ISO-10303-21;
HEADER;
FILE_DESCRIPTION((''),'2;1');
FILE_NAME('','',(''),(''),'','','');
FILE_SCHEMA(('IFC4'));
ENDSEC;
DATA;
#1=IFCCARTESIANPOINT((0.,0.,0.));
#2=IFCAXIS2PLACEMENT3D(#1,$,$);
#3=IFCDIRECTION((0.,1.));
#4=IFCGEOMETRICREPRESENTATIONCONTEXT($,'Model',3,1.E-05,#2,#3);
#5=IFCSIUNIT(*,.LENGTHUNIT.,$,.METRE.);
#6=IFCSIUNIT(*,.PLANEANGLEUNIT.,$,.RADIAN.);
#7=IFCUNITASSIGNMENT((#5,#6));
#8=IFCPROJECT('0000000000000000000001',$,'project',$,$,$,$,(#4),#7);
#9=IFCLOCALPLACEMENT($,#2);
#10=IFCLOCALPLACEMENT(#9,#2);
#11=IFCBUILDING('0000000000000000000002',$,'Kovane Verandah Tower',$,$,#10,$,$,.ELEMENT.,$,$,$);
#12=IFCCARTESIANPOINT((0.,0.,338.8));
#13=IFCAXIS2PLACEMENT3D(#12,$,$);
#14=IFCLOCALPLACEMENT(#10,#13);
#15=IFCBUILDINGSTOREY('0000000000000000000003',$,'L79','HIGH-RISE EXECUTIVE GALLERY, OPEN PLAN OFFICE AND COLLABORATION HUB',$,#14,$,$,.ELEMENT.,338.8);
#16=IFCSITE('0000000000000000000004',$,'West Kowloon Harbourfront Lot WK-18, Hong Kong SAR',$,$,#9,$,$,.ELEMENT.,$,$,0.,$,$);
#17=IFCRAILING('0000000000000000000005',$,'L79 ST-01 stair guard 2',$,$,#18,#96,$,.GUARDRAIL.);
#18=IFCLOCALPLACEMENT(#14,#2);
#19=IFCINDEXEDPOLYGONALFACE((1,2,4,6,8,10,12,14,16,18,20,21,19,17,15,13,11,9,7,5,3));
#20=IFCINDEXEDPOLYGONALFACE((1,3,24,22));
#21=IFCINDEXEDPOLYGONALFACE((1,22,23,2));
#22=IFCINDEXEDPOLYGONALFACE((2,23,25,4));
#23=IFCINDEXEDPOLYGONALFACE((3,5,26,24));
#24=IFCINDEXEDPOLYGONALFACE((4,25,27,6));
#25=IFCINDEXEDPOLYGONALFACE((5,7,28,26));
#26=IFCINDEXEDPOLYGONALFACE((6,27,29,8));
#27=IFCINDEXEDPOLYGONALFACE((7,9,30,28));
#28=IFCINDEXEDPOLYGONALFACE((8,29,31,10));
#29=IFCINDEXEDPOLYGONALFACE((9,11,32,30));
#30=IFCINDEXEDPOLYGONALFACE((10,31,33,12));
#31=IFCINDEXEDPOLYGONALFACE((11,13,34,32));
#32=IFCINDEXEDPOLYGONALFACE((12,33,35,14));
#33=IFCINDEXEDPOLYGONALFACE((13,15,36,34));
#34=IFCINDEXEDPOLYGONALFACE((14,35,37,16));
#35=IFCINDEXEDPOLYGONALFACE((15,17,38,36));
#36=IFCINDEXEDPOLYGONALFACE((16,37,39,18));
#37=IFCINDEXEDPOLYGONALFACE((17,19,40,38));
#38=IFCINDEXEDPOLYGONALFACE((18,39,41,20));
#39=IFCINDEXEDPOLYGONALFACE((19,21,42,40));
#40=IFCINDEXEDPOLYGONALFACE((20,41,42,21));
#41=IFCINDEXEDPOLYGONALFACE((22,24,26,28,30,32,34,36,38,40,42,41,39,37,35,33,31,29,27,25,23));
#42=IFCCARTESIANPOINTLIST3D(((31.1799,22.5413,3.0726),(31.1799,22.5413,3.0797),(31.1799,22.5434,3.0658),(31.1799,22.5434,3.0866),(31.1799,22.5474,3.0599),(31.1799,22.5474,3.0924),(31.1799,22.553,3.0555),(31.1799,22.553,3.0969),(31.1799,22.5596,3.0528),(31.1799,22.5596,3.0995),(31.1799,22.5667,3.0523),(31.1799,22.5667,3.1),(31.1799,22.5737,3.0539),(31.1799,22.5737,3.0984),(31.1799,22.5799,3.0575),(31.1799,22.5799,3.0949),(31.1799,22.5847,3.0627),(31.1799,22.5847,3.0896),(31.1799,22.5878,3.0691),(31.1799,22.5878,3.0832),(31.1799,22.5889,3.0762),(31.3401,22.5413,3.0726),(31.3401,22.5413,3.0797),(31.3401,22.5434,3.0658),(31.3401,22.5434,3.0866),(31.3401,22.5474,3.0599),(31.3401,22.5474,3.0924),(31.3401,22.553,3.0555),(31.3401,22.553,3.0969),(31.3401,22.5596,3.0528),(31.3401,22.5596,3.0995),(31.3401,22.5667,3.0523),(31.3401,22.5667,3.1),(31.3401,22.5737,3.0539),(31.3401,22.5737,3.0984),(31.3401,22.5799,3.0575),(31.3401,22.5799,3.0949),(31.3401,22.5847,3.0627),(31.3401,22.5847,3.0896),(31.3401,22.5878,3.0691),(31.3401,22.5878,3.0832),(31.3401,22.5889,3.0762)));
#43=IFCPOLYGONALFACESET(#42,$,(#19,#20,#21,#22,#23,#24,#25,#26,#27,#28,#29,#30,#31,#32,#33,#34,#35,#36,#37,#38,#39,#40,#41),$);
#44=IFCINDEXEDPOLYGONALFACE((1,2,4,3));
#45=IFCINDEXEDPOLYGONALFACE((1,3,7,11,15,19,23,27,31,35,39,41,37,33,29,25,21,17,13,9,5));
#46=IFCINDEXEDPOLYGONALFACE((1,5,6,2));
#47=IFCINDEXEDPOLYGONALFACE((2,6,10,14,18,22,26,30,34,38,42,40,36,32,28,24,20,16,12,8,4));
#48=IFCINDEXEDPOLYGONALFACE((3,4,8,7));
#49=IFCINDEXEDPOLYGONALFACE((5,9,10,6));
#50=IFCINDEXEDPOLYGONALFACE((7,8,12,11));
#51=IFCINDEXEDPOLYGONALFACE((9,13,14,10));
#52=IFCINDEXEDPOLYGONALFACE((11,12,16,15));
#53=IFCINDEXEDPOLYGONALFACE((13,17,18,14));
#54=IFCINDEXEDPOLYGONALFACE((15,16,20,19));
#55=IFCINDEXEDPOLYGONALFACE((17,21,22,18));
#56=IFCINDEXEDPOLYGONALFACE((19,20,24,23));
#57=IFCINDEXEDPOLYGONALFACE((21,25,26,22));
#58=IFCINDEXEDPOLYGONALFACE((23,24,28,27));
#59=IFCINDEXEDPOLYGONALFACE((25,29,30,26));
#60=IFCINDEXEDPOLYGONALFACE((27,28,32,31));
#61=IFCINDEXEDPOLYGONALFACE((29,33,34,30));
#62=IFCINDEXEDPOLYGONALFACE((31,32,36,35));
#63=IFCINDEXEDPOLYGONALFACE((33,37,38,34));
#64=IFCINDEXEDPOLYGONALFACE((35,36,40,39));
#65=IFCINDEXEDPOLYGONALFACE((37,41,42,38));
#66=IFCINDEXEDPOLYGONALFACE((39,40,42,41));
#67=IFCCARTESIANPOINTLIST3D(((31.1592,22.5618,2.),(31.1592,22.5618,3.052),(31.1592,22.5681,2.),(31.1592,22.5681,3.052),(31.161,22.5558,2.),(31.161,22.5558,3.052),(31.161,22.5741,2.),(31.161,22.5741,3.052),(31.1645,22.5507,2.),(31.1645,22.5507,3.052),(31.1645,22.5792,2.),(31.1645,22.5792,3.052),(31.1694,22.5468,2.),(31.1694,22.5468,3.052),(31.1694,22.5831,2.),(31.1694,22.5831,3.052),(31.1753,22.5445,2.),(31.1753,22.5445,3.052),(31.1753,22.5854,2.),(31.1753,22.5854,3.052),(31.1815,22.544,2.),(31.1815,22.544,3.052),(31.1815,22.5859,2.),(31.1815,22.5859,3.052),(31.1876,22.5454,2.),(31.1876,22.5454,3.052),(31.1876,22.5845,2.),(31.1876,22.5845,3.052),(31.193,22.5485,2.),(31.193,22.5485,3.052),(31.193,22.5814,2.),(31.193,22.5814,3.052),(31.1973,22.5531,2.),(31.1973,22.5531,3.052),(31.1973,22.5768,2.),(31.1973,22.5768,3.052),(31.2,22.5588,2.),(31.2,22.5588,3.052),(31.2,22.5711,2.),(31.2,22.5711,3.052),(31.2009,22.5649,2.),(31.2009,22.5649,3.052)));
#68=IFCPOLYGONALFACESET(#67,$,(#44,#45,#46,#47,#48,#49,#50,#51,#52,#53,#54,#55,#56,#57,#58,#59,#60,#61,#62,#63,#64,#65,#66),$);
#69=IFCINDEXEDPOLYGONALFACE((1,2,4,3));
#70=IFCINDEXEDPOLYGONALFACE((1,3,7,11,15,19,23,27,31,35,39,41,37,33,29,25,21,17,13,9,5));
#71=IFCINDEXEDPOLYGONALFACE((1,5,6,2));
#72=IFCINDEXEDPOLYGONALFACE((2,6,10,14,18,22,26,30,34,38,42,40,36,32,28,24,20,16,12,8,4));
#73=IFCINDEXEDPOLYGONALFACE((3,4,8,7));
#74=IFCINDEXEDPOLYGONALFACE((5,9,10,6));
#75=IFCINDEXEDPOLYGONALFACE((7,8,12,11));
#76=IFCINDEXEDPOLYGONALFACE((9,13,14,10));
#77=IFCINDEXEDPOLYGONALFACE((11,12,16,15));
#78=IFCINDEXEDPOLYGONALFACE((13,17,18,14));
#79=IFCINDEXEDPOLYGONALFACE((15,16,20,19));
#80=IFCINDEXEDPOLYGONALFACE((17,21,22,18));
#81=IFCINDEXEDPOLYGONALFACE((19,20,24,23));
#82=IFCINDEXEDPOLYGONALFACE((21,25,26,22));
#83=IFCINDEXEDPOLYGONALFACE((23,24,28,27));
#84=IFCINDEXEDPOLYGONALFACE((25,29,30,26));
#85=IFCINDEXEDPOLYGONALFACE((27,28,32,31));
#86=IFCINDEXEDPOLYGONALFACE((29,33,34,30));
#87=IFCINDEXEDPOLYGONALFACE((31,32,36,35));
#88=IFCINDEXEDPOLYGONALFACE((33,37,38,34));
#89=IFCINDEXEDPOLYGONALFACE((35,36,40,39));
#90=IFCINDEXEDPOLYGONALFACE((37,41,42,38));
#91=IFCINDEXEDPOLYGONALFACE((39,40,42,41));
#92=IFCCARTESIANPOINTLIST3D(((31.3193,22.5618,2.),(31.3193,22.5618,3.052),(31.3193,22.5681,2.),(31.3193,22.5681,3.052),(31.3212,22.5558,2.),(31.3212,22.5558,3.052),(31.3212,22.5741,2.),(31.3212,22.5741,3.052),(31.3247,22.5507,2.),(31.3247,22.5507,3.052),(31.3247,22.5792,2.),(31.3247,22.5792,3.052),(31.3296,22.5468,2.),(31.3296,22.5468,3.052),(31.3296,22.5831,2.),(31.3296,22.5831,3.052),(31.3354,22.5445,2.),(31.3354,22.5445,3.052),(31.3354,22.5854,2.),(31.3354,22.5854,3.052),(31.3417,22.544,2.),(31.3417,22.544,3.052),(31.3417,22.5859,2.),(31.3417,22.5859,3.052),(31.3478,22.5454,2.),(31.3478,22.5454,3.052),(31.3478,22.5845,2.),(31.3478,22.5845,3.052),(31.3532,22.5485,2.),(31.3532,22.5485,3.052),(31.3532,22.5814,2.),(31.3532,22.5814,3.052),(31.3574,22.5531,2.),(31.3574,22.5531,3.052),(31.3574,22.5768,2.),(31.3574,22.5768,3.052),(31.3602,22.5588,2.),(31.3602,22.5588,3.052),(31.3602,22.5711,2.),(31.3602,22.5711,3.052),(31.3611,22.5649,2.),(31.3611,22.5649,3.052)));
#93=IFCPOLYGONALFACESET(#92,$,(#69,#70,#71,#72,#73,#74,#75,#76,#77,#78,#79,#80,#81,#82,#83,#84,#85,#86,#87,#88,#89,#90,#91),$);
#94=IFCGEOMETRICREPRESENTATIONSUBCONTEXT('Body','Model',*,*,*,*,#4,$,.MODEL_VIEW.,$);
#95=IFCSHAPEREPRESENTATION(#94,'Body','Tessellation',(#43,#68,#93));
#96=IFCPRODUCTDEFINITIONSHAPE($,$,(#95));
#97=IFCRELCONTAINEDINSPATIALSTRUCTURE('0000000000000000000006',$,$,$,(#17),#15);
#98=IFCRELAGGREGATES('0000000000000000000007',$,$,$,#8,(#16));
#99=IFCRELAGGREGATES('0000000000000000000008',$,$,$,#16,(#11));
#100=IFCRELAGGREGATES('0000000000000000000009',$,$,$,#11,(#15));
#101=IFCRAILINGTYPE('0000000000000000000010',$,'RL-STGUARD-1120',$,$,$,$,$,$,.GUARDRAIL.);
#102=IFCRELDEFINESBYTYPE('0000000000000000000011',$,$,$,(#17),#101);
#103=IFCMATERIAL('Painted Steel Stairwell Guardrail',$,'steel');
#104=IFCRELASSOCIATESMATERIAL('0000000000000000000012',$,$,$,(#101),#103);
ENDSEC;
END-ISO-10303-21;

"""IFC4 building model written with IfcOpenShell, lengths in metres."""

from ifc_helpers import new_model, si_unit, direction, frame, origin, origin_2d, place, context, subcontext, project, spatial, circle, extrude, material, type_object, element, save


model = new_model("IFC4")

# Units and contexts
model_context = context("Model", 3, precision=1e-05, world=origin(), true_north=direction((0.0, 1.0)))
body_context = subcontext(model_context, "Body", "Model", "MODEL_VIEW")
ifc_project = project(units=[si_unit("LENGTHUNIT", "METRE"), si_unit("PLANEANGLEUNIT", "RADIAN")], contexts=[model_context])

# Site, building, storey
site_placement = place(None, origin())
site = spatial("IfcSite", under=ifc_project, at=site_placement, Name="West Kowloon Harbourfront Lot WK-18, Hong Kong SAR", CompositionType="ELEMENT", RefElevation=0.0)
building_placement = place(site_placement, origin())
building = spatial("IfcBuilding", under=site, at=building_placement, Name="Kovane Verandah Tower", CompositionType="ELEMENT")
storey_placement = place(building_placement, frame((0.0, 0.0, 338.8)))
storey = spatial("IfcBuildingStorey", under=building, at=storey_placement, Name="L79", Description="HIGH-RISE EXECUTIVE GALLERY, OPEN PLAN OFFICE AND COLLABORATION HUB", CompositionType="ELEMENT", Elevation=338.8)

# Railing
ifc_material_1 = material(Name="Painted Steel Stairwell Guardrail", Category="steel")
railing_type_1 = type_object("IfcRailingType", Name="RL-STGUARD-1120", PredefinedType="GUARDRAIL", material=ifc_material_1)
railing_1_placement = place(storey_placement, frame((31.1799, 22.5649, 2.0)))
element("IfcRailing", 1, at=railing_1_placement, inside=storey, type_object=railing_type_1, Name="L79 ST-01 stair guard 2", PredefinedType="GUARDRAIL", context=body_context, shape_type="SweptSolid", body=[
    extrude(circle(Radius=0.0239, at=origin_2d()), frame((0.0, 0.0, 1.0762), z_axis=(1.0, 0.0, 0.0), x_axis=(0.0, 1.0, 0.0)), (0.0, 0.0, 1.0), 0.1602),
    extrude(circle(Radius=0.021, at=origin_2d()), origin(), (0.0, 0.0, 1.0), 1.052),
    extrude(circle(Radius=0.021, at=origin_2d()), frame((0.1602, 0.0, 0.0)), (0.0, 0.0, 1.0), 1.052),
])

save(model, "model.ifc")
